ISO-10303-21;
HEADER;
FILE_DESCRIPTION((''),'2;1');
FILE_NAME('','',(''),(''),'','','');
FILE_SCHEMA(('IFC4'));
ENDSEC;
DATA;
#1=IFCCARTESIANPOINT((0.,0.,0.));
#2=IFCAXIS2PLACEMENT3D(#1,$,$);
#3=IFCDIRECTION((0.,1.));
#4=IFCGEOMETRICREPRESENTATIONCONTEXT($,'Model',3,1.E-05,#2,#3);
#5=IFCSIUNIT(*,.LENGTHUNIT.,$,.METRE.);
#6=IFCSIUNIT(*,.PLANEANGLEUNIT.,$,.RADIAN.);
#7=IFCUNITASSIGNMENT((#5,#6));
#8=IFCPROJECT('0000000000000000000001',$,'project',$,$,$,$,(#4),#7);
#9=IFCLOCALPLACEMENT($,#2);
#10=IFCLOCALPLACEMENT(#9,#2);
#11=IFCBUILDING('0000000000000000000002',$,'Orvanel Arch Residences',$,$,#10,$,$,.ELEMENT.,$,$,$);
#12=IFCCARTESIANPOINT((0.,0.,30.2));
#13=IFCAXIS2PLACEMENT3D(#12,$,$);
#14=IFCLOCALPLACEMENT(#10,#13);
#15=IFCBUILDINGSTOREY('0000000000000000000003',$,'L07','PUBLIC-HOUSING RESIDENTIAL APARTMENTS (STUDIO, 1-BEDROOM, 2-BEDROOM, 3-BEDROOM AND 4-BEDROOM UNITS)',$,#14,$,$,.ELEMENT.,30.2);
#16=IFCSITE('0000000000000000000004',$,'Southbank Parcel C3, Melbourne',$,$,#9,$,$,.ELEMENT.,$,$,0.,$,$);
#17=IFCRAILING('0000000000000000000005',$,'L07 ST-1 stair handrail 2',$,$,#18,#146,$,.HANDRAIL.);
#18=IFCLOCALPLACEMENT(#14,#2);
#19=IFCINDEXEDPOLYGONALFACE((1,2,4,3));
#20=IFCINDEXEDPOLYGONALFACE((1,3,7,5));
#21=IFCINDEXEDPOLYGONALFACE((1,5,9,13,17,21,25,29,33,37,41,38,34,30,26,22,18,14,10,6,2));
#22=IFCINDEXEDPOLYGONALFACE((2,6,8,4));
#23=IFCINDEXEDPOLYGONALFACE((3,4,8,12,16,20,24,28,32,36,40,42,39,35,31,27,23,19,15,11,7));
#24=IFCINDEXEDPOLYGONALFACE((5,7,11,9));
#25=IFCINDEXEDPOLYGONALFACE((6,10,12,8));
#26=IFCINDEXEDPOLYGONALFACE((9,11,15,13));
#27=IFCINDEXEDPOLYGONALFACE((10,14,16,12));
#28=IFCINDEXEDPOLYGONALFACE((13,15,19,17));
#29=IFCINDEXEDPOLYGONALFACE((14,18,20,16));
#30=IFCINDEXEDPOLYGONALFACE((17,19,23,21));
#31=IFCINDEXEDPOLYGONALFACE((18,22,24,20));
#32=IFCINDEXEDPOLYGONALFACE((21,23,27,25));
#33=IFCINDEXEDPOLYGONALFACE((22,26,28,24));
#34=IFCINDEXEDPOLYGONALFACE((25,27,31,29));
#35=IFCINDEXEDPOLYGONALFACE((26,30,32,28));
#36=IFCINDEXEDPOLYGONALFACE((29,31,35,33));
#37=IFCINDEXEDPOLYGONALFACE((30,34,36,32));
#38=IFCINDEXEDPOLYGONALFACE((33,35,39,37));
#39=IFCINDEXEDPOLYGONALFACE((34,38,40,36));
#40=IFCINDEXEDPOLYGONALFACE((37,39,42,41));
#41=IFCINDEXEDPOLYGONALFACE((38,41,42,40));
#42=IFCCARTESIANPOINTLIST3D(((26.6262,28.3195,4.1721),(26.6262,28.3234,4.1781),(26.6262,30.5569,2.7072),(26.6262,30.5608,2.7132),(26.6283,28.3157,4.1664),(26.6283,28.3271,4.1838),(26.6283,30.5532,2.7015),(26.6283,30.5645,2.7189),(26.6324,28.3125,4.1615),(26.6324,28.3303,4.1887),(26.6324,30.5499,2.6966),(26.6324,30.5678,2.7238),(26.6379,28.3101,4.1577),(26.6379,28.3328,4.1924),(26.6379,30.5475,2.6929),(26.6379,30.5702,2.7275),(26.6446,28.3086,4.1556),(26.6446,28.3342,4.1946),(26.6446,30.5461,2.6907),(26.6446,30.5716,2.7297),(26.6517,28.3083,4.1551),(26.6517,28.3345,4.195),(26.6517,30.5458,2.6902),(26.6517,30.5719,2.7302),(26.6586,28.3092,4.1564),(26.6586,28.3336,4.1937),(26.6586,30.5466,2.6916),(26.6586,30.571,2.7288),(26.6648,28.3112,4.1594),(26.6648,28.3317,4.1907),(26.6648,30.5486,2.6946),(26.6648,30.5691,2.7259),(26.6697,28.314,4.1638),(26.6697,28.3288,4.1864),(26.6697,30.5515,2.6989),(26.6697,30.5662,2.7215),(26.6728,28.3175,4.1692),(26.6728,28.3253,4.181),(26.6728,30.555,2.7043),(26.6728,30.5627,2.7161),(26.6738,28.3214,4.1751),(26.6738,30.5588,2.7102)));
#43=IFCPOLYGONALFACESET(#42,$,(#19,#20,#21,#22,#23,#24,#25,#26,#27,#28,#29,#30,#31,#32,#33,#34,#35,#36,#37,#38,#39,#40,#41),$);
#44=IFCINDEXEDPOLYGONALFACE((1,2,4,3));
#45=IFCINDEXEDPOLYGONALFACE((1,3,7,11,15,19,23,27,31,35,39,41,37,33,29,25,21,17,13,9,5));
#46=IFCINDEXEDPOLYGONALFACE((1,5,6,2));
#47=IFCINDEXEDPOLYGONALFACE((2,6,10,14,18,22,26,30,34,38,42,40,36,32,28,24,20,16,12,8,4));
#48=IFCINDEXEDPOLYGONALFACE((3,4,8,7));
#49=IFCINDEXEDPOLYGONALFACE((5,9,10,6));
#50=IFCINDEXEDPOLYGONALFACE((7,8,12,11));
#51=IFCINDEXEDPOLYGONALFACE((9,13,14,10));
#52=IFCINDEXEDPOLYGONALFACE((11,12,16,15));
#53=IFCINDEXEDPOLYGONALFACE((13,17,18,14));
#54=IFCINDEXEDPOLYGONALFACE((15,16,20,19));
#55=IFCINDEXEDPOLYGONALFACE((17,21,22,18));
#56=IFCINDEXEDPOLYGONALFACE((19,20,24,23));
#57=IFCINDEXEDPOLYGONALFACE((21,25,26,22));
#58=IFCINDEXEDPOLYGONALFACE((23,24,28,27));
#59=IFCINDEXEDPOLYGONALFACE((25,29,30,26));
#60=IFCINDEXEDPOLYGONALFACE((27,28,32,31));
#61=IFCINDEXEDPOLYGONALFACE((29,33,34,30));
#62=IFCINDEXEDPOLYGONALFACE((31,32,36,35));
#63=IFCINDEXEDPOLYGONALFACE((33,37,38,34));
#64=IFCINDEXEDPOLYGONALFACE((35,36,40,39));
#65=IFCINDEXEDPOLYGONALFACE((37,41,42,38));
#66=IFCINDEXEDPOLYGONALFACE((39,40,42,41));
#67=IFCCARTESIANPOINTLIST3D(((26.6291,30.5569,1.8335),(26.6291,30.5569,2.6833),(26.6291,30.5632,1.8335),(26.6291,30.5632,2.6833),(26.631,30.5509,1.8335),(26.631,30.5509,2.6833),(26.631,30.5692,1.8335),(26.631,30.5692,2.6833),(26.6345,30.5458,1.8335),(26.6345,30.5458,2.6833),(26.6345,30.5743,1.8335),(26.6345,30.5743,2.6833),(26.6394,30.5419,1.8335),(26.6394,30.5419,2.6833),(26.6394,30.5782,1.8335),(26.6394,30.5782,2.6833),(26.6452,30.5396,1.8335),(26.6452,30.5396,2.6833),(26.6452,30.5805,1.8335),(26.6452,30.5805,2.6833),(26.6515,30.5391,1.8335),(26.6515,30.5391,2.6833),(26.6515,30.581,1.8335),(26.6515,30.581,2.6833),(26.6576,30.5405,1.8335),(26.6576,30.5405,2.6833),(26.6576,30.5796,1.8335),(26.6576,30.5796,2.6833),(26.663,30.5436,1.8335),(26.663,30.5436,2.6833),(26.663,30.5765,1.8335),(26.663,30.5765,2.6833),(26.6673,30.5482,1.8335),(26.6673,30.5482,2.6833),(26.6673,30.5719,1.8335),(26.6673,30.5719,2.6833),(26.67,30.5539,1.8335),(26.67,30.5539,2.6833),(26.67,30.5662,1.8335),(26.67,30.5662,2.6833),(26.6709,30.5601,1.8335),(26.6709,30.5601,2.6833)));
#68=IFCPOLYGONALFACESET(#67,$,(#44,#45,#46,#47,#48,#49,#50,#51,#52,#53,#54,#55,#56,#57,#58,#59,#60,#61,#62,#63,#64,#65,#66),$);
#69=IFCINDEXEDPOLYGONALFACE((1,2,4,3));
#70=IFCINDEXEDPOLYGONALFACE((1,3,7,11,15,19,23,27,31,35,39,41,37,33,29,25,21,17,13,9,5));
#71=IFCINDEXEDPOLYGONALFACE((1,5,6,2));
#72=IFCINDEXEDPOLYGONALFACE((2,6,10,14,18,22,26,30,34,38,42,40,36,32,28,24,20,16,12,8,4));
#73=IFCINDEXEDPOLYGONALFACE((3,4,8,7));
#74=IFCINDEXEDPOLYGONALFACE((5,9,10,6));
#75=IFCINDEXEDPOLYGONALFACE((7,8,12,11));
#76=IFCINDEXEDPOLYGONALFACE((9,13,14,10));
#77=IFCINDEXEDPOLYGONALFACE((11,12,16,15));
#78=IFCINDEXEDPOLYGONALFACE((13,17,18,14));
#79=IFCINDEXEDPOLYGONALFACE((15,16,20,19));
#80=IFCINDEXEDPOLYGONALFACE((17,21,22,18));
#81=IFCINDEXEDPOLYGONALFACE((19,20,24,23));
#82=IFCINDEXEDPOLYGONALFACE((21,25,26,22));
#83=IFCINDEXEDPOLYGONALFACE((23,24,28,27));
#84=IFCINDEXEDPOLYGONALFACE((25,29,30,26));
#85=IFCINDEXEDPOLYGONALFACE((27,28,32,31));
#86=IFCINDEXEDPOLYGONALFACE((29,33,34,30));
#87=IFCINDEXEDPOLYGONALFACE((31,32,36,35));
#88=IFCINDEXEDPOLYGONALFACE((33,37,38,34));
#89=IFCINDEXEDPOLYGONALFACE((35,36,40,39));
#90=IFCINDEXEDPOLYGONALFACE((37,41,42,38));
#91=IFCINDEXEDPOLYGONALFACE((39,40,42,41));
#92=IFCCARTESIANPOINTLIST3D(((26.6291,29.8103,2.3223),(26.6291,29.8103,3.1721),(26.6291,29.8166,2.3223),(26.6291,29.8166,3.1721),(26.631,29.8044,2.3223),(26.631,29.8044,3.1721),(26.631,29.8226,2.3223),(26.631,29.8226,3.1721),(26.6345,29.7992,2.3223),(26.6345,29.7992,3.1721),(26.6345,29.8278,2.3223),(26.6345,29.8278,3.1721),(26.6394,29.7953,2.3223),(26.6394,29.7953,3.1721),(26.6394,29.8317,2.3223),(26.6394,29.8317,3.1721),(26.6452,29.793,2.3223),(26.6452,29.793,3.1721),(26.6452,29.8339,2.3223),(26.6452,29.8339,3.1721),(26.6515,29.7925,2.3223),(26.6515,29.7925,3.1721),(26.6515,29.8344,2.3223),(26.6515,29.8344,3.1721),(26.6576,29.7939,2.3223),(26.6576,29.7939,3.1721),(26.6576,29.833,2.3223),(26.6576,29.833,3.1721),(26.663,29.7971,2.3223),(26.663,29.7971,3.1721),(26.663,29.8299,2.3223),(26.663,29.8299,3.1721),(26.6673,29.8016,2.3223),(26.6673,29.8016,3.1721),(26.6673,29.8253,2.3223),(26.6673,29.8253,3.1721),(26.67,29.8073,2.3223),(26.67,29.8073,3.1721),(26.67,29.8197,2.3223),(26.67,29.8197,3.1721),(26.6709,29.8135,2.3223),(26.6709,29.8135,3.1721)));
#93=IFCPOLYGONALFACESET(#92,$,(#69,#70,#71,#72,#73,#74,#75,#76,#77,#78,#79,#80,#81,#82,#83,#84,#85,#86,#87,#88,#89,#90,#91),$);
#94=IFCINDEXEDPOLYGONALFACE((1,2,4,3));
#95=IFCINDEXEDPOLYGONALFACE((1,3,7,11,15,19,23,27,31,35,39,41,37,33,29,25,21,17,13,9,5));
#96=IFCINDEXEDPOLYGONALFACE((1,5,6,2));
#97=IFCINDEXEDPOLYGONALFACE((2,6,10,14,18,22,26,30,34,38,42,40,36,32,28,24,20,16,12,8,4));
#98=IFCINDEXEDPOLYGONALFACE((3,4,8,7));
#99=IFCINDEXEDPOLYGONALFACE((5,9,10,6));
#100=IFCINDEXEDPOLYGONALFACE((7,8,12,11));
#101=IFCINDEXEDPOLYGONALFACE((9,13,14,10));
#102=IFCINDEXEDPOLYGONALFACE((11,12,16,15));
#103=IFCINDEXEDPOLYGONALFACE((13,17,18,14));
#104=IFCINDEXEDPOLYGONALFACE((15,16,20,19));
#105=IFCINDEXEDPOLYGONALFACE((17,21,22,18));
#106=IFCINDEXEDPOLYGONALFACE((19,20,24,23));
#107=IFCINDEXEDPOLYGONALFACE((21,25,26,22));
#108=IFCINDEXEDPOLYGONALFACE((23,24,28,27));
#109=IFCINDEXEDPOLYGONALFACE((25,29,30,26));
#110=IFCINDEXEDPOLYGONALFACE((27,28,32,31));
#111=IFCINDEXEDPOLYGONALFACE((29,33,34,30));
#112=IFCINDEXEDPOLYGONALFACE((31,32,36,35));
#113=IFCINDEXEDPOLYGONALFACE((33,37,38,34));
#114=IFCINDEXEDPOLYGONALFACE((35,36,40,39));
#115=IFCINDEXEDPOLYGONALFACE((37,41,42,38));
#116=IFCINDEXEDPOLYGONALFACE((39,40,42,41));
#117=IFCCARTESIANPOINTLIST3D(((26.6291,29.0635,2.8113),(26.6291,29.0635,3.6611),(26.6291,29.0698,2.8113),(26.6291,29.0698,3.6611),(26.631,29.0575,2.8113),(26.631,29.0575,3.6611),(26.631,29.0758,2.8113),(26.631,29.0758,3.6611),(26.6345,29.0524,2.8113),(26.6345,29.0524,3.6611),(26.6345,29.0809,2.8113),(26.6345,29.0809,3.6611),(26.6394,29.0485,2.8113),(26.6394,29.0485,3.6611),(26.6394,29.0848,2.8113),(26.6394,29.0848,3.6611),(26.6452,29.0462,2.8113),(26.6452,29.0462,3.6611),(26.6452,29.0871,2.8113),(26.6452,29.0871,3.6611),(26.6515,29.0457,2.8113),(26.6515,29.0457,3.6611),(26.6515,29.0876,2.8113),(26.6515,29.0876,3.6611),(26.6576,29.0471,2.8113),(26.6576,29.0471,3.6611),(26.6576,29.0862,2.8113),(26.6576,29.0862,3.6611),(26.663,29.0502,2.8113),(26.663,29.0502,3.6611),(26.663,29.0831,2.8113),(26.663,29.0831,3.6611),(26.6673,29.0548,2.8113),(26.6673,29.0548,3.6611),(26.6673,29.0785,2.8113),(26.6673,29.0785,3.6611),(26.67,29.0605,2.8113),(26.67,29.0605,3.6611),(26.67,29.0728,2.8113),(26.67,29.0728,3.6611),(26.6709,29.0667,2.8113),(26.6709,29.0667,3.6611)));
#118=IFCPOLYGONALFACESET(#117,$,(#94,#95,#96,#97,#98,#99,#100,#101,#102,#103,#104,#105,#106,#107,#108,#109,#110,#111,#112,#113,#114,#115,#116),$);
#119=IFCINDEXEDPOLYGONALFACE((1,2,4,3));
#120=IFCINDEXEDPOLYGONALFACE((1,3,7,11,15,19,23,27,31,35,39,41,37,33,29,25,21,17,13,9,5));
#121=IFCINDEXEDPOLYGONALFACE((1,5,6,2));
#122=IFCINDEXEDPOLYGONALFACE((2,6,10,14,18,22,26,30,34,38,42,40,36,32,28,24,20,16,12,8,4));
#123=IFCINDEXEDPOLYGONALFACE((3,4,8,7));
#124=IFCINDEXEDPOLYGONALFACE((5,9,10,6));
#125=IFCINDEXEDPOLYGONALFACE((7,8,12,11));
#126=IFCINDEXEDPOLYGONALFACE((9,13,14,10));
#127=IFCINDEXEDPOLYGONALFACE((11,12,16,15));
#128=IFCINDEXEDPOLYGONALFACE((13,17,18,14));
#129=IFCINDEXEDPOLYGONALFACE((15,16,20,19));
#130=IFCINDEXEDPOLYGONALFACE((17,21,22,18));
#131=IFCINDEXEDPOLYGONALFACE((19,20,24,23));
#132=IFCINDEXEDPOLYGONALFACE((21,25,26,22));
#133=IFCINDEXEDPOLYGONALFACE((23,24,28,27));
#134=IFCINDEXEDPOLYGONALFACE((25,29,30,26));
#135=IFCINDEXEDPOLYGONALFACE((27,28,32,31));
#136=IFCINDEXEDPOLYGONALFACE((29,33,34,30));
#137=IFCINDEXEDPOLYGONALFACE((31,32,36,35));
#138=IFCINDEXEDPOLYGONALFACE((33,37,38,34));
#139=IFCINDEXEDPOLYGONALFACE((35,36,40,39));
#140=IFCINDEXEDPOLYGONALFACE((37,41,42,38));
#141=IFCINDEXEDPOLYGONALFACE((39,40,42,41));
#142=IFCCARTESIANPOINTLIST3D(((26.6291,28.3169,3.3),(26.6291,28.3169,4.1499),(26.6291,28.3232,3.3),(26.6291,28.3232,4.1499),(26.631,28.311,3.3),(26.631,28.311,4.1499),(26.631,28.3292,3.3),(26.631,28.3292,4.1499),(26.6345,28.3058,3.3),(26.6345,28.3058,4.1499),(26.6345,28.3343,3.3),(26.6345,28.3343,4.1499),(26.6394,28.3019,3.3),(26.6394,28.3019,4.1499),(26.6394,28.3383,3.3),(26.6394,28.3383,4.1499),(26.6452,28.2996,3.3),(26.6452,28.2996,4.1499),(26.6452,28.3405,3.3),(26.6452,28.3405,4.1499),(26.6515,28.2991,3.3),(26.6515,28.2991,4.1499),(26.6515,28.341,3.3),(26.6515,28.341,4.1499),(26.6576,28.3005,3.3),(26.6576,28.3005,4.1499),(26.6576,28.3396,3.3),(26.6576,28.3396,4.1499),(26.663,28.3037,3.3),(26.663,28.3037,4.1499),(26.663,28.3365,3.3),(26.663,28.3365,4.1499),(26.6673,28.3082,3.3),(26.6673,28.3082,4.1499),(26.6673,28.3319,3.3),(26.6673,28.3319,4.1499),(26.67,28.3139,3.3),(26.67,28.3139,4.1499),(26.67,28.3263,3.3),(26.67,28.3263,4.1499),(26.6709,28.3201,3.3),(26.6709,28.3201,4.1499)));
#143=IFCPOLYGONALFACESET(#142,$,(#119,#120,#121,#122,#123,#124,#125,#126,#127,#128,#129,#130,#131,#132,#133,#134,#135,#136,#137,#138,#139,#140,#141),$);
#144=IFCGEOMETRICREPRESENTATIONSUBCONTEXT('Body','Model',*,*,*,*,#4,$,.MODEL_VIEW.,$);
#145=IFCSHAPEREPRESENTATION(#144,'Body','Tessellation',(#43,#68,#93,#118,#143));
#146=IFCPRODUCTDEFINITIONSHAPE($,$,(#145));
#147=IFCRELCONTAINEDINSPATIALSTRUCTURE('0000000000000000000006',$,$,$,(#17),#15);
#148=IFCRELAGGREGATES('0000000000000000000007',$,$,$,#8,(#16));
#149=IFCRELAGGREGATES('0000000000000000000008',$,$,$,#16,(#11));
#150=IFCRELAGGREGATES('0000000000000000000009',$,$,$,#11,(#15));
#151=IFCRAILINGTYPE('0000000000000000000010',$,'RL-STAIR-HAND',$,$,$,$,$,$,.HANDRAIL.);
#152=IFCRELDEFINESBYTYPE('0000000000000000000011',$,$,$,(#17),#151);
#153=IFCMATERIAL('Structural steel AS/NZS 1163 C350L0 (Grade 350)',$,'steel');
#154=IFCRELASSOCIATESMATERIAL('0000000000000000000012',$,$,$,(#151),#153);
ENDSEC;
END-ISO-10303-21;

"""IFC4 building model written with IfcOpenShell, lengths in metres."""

from ifc_helpers import new_model, si_unit, direction, frame, origin, origin_2d, place, context, subcontext, project, spatial, circle, extrude, material, type_object, element, save


model = new_model("IFC4")

# Units and contexts
model_context = context("Model", 3, precision=1e-05, world=origin(), true_north=direction((0.0, 1.0)))
body_context = subcontext(model_context, "Body", "Model", "MODEL_VIEW")
ifc_project = project(units=[si_unit("LENGTHUNIT", "METRE"), si_unit("PLANEANGLEUNIT", "RADIAN")], contexts=[model_context])

# Site, building, storey
site_placement = place(None, origin())
site = spatial("IfcSite", under=ifc_project, at=site_placement, Name="Southbank Parcel C3, Melbourne", CompositionType="ELEMENT", RefElevation=0.0)
building_placement = place(site_placement, origin())
building = spatial("IfcBuilding", under=site, at=building_placement, Name="Orvanel Arch Residences", CompositionType="ELEMENT")
storey_placement = place(building_placement, frame((0.0, 0.0, 30.2)))
storey = spatial("IfcBuildingStorey", under=building, at=storey_placement, Name="L07", Description="PUBLIC-HOUSING RESIDENTIAL APARTMENTS (STUDIO, 1-BEDROOM, 2-BEDROOM, 3-BEDROOM AND 4-BEDROOM UNITS)", CompositionType="ELEMENT", Elevation=30.2)

# Railing
ifc_material_1 = material(Name="Structural steel AS/NZS 1163 C350L0 (Grade 350)", Category="steel")
railing_type_1 = type_object("IfcRailingType", Name="RL-STAIR-HAND", PredefinedType="HANDRAIL", material=ifc_material_1)
railing_1_placement = place(storey_placement, frame((26.6499, 30.5601, 1.8335)))
element("IfcRailing", 1, at=railing_1_placement, inside=storey, type_object=railing_type_1, Name="L07 ST-1 stair handrail 2", PredefinedType="HANDRAIL", context=body_context, shape_type="SweptSolid", body=[
    extrude(circle(Radius=0.0239, at=origin_2d()), frame((0.0, -0.0012, 0.8767), z_axis=(0.0, -0.836637, 0.547758), x_axis=(1.0, 0.0, 0.0)), (0.0, 0.0, 1.0), 2.6743),
    extrude(circle(Radius=0.021, at=origin_2d()), origin(), (0.0, 0.0, 1.0), 0.8499),
    extrude(circle(Radius=0.021, at=origin_2d()), frame((0.0, -0.7466, 0.4888)), (0.0, 0.0, 1.0), 0.8499),
    extrude(circle(Radius=0.021, at=origin_2d()), frame((0.0, -1.4934, 0.9778)), (0.0, 0.0, 1.0), 0.8499),
    extrude(circle(Radius=0.021, at=origin_2d()), frame((0.0, -2.24, 1.4666)), (0.0, 0.0, 1.0), 0.8499),
])

save(model, "model.ifc")
